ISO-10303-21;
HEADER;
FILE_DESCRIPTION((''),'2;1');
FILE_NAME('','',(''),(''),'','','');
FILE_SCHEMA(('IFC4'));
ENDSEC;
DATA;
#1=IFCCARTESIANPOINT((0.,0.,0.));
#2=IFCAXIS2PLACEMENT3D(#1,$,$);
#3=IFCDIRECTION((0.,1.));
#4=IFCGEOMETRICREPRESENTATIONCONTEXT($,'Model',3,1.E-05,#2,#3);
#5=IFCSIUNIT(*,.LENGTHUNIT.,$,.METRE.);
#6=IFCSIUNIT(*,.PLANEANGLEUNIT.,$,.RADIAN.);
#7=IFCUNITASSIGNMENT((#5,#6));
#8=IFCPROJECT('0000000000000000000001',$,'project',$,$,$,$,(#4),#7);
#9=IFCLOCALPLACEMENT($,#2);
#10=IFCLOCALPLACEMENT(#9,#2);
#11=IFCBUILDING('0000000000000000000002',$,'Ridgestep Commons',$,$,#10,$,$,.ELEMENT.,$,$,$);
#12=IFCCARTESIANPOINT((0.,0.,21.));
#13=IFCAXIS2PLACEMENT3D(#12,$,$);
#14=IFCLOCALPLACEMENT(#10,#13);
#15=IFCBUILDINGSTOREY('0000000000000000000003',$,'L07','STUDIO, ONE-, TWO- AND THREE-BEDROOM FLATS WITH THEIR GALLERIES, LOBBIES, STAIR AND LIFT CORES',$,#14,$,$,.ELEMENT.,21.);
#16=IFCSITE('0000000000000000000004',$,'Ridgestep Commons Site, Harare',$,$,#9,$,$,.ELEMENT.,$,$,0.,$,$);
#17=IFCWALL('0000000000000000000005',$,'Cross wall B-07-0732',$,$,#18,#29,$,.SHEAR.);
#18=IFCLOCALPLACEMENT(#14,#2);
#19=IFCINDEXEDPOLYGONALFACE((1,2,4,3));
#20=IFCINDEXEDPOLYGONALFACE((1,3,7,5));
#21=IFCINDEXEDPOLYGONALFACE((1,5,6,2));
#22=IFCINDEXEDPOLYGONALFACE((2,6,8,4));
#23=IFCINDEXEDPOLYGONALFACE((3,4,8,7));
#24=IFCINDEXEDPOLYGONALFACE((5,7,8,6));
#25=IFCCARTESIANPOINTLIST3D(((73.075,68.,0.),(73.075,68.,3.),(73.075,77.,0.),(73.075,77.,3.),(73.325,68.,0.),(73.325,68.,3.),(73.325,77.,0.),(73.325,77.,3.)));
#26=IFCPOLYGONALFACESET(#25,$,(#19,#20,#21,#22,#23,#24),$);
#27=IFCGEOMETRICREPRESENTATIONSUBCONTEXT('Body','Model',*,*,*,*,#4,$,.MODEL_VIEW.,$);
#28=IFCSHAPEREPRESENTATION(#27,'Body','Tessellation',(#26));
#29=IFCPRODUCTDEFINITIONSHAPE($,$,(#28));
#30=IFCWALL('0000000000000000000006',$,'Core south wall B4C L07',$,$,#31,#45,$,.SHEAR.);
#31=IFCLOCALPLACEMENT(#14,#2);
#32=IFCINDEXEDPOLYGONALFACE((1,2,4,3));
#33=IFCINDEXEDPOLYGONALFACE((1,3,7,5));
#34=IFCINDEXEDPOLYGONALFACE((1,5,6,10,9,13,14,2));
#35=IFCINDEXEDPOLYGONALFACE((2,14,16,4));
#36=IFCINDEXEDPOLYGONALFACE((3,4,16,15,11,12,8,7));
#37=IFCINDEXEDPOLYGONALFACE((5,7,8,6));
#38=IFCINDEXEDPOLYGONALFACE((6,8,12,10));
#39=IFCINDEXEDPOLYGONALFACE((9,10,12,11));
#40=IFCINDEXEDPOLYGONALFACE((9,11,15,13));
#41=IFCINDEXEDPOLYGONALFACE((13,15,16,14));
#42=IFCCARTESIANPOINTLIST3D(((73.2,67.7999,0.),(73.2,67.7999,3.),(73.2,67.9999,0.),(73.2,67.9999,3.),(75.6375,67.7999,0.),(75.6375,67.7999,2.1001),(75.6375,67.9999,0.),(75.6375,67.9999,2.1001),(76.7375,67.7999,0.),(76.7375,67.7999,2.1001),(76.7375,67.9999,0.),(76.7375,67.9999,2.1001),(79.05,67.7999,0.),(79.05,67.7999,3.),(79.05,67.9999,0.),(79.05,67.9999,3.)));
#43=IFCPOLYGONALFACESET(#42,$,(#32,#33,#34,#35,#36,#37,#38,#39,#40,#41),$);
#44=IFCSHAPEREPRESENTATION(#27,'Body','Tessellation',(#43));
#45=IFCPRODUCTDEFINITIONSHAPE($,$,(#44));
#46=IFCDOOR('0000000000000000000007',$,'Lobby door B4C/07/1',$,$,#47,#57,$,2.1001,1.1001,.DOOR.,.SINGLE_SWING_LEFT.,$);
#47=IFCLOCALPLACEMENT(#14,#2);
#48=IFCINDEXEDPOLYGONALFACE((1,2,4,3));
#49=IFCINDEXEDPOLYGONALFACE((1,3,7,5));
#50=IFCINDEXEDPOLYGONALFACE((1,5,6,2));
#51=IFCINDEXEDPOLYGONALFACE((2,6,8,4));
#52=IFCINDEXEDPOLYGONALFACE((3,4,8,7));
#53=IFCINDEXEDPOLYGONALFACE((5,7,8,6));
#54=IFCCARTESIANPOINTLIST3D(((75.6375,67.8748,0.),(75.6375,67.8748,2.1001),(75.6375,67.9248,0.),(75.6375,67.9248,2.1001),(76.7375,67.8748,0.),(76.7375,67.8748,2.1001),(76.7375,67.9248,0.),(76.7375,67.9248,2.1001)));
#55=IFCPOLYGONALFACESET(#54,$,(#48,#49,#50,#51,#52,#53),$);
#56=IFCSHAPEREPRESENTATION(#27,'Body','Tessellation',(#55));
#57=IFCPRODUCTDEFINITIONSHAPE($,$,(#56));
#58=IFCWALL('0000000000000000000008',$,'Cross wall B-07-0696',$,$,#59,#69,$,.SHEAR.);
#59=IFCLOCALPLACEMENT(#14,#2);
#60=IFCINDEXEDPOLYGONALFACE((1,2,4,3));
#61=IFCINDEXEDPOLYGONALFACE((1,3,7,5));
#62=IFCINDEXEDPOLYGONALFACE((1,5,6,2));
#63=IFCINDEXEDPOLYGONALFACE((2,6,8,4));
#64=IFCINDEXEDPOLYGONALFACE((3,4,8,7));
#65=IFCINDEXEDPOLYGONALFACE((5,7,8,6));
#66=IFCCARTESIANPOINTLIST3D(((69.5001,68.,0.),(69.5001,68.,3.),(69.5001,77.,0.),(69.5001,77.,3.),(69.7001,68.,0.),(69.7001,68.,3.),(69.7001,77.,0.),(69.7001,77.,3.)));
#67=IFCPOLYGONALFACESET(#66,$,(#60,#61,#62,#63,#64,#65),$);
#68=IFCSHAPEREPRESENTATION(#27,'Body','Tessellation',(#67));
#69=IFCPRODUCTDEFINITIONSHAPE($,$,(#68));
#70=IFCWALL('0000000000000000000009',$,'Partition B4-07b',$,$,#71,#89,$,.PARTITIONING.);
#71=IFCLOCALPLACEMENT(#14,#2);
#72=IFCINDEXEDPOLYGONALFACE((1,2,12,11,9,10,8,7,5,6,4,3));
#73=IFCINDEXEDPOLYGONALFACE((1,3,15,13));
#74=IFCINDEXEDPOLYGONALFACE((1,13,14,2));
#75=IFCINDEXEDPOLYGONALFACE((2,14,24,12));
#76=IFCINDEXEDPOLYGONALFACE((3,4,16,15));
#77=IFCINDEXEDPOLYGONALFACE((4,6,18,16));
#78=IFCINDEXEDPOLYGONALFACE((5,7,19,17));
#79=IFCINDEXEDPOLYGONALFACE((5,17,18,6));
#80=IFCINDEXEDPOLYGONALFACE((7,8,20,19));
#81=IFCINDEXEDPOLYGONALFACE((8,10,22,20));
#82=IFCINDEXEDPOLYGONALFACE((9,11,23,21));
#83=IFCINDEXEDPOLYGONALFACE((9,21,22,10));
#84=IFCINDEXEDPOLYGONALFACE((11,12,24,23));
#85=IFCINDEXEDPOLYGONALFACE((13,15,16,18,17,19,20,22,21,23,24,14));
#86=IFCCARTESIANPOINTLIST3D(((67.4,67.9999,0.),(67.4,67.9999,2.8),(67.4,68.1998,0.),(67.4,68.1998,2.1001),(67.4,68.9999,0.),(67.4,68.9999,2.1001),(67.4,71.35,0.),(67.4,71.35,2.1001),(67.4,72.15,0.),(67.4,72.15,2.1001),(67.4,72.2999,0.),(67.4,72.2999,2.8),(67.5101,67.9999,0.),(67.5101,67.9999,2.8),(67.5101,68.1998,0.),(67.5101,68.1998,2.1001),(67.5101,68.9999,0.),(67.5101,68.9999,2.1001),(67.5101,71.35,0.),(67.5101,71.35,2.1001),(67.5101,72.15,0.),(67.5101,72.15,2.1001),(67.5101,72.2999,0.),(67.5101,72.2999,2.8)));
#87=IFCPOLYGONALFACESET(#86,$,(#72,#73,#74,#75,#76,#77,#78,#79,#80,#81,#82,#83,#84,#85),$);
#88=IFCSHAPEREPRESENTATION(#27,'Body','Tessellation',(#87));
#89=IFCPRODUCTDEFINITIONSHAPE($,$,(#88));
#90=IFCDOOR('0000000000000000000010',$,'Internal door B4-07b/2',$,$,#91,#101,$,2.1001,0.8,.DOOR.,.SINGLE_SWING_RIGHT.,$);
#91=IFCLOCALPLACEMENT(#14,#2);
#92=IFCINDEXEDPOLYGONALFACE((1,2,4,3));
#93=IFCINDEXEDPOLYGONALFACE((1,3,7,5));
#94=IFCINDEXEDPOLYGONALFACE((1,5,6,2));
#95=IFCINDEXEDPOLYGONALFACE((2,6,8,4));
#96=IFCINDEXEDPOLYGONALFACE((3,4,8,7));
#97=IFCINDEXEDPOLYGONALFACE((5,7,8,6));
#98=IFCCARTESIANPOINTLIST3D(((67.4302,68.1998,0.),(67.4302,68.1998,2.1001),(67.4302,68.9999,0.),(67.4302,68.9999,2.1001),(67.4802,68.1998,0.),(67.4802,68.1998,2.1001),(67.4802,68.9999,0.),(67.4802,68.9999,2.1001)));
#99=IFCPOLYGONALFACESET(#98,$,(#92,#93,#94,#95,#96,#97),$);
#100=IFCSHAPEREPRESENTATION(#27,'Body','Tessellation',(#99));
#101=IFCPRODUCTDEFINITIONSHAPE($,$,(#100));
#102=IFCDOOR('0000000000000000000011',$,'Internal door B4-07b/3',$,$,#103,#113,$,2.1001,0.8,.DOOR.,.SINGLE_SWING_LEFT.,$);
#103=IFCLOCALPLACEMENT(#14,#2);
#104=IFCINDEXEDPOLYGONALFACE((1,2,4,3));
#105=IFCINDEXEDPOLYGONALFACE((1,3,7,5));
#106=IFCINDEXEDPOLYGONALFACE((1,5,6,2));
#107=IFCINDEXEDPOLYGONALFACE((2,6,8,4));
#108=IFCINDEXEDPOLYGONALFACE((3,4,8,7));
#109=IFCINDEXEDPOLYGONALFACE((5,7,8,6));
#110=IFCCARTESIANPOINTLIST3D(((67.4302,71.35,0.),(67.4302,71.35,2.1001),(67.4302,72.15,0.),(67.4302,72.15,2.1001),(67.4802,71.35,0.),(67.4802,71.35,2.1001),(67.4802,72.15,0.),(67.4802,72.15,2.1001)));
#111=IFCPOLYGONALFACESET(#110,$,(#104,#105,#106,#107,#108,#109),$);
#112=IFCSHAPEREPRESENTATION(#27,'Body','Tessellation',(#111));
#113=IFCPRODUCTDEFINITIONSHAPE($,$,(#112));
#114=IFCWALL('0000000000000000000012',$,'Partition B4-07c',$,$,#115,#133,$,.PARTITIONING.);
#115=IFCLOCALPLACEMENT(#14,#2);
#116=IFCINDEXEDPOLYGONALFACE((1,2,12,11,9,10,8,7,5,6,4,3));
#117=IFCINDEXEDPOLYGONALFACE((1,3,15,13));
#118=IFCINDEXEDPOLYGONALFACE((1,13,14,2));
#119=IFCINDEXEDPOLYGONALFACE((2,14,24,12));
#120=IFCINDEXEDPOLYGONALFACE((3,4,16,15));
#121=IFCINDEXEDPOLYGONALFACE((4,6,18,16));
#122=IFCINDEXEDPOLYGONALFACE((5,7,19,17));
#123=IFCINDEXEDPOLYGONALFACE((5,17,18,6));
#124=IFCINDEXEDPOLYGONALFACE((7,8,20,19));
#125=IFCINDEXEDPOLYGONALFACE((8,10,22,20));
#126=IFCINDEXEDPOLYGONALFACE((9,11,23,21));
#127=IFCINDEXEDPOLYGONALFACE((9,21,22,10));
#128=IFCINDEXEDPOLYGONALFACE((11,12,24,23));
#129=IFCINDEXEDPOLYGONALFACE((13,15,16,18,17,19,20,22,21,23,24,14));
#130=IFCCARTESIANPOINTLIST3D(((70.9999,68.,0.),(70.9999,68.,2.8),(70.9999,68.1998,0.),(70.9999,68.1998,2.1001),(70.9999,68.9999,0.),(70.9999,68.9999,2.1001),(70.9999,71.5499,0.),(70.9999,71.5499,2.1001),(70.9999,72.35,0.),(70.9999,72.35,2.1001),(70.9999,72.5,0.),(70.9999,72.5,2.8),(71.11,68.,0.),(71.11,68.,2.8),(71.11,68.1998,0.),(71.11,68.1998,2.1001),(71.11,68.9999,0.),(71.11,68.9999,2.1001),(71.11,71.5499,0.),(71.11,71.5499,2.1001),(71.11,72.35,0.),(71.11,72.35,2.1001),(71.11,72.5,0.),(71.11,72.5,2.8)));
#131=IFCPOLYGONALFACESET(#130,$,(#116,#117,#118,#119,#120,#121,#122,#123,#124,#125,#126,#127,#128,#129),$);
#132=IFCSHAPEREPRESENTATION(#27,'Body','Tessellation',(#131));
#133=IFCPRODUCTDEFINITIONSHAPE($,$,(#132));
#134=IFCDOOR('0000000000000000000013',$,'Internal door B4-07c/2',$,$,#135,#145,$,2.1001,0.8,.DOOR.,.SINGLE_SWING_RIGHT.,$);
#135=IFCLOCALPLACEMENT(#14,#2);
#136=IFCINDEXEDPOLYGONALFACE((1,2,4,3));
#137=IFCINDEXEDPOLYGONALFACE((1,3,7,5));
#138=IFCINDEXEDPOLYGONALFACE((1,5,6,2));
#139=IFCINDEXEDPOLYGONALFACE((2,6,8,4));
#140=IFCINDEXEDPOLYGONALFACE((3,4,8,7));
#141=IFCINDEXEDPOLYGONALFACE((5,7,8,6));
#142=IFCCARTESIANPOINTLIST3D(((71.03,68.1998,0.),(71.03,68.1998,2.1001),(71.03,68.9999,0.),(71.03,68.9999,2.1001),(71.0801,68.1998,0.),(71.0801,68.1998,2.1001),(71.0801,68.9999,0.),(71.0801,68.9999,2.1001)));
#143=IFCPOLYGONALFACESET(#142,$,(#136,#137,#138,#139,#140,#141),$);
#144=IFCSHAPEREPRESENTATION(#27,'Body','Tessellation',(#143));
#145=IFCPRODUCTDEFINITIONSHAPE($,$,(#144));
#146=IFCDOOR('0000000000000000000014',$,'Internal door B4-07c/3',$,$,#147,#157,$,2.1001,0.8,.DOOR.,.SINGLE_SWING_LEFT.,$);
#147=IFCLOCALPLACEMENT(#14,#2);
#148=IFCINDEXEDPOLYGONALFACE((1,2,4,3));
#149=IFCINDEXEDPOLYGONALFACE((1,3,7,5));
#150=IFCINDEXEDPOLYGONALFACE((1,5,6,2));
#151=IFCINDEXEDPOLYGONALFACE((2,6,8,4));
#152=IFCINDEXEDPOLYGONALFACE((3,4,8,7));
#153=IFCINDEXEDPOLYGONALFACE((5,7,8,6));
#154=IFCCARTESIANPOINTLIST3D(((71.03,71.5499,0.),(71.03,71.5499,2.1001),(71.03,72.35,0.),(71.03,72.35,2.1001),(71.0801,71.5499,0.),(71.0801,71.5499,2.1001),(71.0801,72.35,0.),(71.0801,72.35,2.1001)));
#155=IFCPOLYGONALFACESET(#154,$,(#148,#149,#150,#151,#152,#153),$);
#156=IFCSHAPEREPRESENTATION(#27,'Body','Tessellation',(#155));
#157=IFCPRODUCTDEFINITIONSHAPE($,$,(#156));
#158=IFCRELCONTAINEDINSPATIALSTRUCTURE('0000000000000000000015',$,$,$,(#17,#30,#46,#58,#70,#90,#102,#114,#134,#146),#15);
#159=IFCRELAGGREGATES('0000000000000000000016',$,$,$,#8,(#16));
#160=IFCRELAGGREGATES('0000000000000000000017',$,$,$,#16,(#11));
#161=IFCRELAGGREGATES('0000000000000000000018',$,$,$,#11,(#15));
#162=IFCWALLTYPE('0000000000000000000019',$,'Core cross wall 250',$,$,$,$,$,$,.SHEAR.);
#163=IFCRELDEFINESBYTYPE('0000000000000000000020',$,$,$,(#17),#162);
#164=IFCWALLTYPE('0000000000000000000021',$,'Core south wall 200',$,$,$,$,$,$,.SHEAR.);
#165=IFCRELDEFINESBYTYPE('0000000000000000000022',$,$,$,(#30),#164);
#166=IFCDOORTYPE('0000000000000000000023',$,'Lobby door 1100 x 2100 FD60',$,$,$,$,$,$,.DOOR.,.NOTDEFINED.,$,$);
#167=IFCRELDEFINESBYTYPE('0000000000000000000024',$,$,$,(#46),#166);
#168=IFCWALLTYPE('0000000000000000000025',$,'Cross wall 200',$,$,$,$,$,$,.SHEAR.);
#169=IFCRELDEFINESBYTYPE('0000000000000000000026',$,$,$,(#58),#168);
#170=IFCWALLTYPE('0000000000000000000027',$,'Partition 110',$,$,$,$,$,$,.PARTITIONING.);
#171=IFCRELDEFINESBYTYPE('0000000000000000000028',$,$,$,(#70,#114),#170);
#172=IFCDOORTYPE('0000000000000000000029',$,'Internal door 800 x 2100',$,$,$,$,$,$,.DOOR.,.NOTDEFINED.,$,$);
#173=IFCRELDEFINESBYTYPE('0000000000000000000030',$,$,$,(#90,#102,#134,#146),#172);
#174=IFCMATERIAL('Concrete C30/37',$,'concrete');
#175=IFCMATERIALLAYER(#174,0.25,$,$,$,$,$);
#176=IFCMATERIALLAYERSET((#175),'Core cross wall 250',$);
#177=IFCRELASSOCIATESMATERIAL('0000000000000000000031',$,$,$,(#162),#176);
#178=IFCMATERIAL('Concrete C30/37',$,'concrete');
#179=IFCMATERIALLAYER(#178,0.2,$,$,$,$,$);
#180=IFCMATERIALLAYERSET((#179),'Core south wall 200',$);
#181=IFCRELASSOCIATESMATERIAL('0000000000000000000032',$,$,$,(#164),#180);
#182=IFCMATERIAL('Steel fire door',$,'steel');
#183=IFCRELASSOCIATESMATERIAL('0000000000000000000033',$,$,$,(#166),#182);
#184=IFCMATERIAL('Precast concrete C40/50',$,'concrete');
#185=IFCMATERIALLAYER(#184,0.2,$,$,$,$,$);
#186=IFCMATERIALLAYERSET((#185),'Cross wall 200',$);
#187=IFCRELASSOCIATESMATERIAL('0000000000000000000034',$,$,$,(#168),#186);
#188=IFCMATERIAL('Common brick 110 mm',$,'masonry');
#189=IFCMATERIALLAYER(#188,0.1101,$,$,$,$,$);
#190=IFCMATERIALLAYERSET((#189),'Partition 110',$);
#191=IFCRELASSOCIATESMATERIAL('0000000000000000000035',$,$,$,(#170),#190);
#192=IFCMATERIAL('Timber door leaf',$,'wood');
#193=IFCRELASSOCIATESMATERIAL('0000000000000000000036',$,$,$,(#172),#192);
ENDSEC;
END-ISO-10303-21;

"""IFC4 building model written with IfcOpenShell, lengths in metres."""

from ifc_helpers import new_model, si_unit, direction, frame, frame_2d, origin, place, context, subcontext, project, spatial, rectangle, extrude, material, layer, layer_set, type_object, element, fill, save


model = new_model("IFC4")

# Units and contexts
model_context = context("Model", 3, precision=1e-05, world=origin(), true_north=direction((0.0, 1.0)))
body_context = subcontext(model_context, "Body", "Model", "MODEL_VIEW")
ifc_project = project(units=[si_unit("LENGTHUNIT", "METRE"), si_unit("PLANEANGLEUNIT", "RADIAN")], contexts=[model_context])

# Site, building, storey
site_placement = place(None, origin())
site = spatial("IfcSite", under=ifc_project, at=site_placement, Name="Ridgestep Commons Site, Harare", CompositionType="ELEMENT", RefElevation=0.0)
building_placement = place(site_placement, origin())
building = spatial("IfcBuilding", under=site, at=building_placement, Name="Ridgestep Commons", CompositionType="ELEMENT")
storey_placement = place(building_placement, frame((0.0, 0.0, 21.0)))
storey = spatial("IfcBuildingStorey", under=building, at=storey_placement, Name="L07", Description="STUDIO, ONE-, TWO- AND THREE-BEDROOM FLATS WITH THEIR GALLERIES, LOBBIES, STAIR AND LIFT CORES", CompositionType="ELEMENT", Elevation=21.0)

# Wall
ifc_material_1 = material(Name="Concrete C30/37", Category="concrete")
ifc_layer_1 = layer(ifc_material_1, 0.25)
ifc_layer_set_1 = layer_set([ifc_layer_1], Name="Core cross wall 250")
wall_type_1 = type_object("IfcWallType", Name="Core cross wall 250", PredefinedType="SHEAR", material=ifc_layer_set_1)
wall_1_placement = place(storey_placement, frame((73.2, 68.0, 0.0), z_axis=(0.0, 0.0, 1.0), x_axis=(0.0, 1.0, 0.0)))
element("IfcWall", 1, at=wall_1_placement, inside=storey, type_object=wall_type_1, Name="Cross wall B-07-0732", PredefinedType="SHEAR", context=body_context, shape_type="SweptSolid", body=[
    extrude(rectangle(XDim=9.0, YDim=0.25, at=frame_2d((4.5, 0.0))), origin(), (0.0, 0.0, 1.0), 3.0),
])

# Wall, opening, door
ifc_material_2 = material(Name="Concrete C30/37", Category="concrete")
ifc_layer_2 = layer(ifc_material_2, 0.2)
ifc_layer_set_2 = layer_set([ifc_layer_2], Name="Core south wall 200")
wall_type_2 = type_object("IfcWallType", Name="Core south wall 200", PredefinedType="SHEAR", material=ifc_layer_set_2)
wall_2_placement = place(storey_placement, frame((73.2, 67.8999, 0.0), z_axis=(0.0, 0.0, 1.0), x_axis=(1.0, 0.0, 0.0)))
wall_2 = element("IfcWall", 2, at=wall_2_placement, inside=storey, type_object=wall_type_2, Name="Core south wall B4C L07", PredefinedType="SHEAR", context=body_context, shape_type="SweptSolid", body=[
    extrude(rectangle(XDim=5.8501, YDim=0.2, at=frame_2d((2.925, 0.0))), origin(), (0.0, 0.0, 1.0), 3.0),
])
opening_1_placement = place(wall_2_placement, frame((2.4375, 0.0, 0.0)))
opening_1 = element("IfcOpeningElement", 3, at=opening_1_placement, cuts=wall_2, PredefinedType="OPENING", context=body_context, shape_type="SweptSolid", body=[
    extrude(rectangle(XDim=1.1001, YDim=2.1001, at=frame_2d((0.55, 1.05))), frame((0.0, 0.1099, 0.0), z_axis=(0.0, -1.0, 0.0), x_axis=(1.0, 0.0, 0.0)), (0.0, 0.0, 1.0), 0.22),
])
ifc_material_3 = material(Name="Steel fire door", Category="steel")
door_type_1 = type_object("IfcDoorType", Name="Lobby door 1100 x 2100 FD60", OperationType="NOTDEFINED", PredefinedType="DOOR", material=ifc_material_3)
door_1_placement = place(opening_1_placement, origin())
door_1 = element("IfcDoor", 4, at=door_1_placement, inside=storey, type_object=door_type_1, Name="Lobby door B4C/07/1", OperationType="SINGLE_SWING_LEFT", OverallHeight=2.1001, OverallWidth=1.1001, PredefinedType="DOOR", context=body_context, shape_type="SweptSolid", body=[
    extrude(rectangle(XDim=1.1001, YDim=2.1001, at=frame_2d((0.55, 1.05))), frame((0.0, 0.0249, 0.0), z_axis=(0.0, -1.0, 0.0), x_axis=(1.0, 0.0, 0.0)), (0.0, 0.0, 1.0), 0.05),
])
fill(opening_1, door_1)

# Wall
ifc_material_4 = material(Name="Precast concrete C40/50", Category="concrete")
ifc_layer_3 = layer(ifc_material_4, 0.2)
ifc_layer_set_3 = layer_set([ifc_layer_3], Name="Cross wall 200")
wall_type_3 = type_object("IfcWallType", Name="Cross wall 200", PredefinedType="SHEAR", material=ifc_layer_set_3)
wall_3_placement = place(storey_placement, frame((69.6001, 68.0, 0.0), z_axis=(0.0, 0.0, 1.0), x_axis=(0.0, 1.0, 0.0)))
element("IfcWall", 5, at=wall_3_placement, inside=storey, type_object=wall_type_3, Name="Cross wall B-07-0696", PredefinedType="SHEAR", context=body_context, shape_type="SweptSolid", body=[
    extrude(rectangle(XDim=9.0, YDim=0.2, at=frame_2d((4.5, 0.0))), origin(), (0.0, 0.0, 1.0), 3.0),
])

# Walls, openings, doors
ifc_material_5 = material(Name="Common brick 110 mm", Category="masonry")
ifc_layer_4 = layer(ifc_material_5, 0.1101)
ifc_layer_set_4 = layer_set([ifc_layer_4], Name="Partition 110")
wall_type_4 = type_object("IfcWallType", Name="Partition 110", PredefinedType="PARTITIONING", material=ifc_layer_set_4)
wall_4_placement = place(storey_placement, frame((67.4551, 68.0, 0.0), z_axis=(0.0, 0.0, 1.0), x_axis=(0.0, 1.0, 0.0)))
wall_4 = element("IfcWall", 6, at=wall_4_placement, inside=storey, type_object=wall_type_4, Name="Partition B4-07b", PredefinedType="PARTITIONING", context=body_context, shape_type="SweptSolid", body=[
    extrude(rectangle(XDim=4.3, YDim=0.1101, at=frame_2d((2.1499, 0.0))), origin(), (0.0, 0.0, 1.0), 2.8),
])
opening_2_placement = place(wall_4_placement, frame((0.2, 0.0, 0.0)))
opening_2 = element("IfcOpeningElement", 7, at=opening_2_placement, cuts=wall_4, PredefinedType="OPENING", context=body_context, shape_type="SweptSolid", body=[
    extrude(rectangle(XDim=0.8, YDim=2.1001, at=frame_2d((0.3999, 1.05))), frame((0.0, 0.0649, 0.0), z_axis=(0.0, -1.0, 0.0), x_axis=(1.0, 0.0, 0.0)), (0.0, 0.0, 1.0), 0.1301),
])
opening_3_placement = place(wall_4_placement, frame((3.3501, 0.0, 0.0)))
opening_3 = element("IfcOpeningElement", 8, at=opening_3_placement, cuts=wall_4, PredefinedType="OPENING", context=body_context, shape_type="SweptSolid", body=[
    extrude(rectangle(XDim=0.8, YDim=2.1001, at=frame_2d((0.3999, 1.05))), frame((0.0, 0.0649, 0.0), z_axis=(0.0, -1.0, 0.0), x_axis=(1.0, 0.0, 0.0)), (0.0, 0.0, 1.0), 0.1301),
])
ifc_material_6 = material(Name="Timber door leaf", Category="wood")
door_type_2 = type_object("IfcDoorType", Name="Internal door 800 x 2100", OperationType="NOTDEFINED", PredefinedType="DOOR", material=ifc_material_6)
door_2_placement = place(opening_2_placement, origin())
door_2 = element("IfcDoor", 9, at=door_2_placement, inside=storey, type_object=door_type_2, Name="Internal door B4-07b/2", OperationType="SINGLE_SWING_RIGHT", OverallHeight=2.1001, OverallWidth=0.8, PredefinedType="DOOR", context=body_context, shape_type="SweptSolid", body=[
    extrude(rectangle(XDim=0.8, YDim=2.1001, at=frame_2d((0.3999, 1.05))), frame((0.0, 0.0249, 0.0), z_axis=(0.0, -1.0, 0.0), x_axis=(1.0, 0.0, 0.0)), (0.0, 0.0, 1.0), 0.05),
])
fill(opening_2, door_2)
door_3_placement = place(opening_3_placement, origin())
door_3 = element("IfcDoor", 10, at=door_3_placement, inside=storey, type_object=door_type_2, Name="Internal door B4-07b/3", OperationType="SINGLE_SWING_LEFT", OverallHeight=2.1001, OverallWidth=0.8, PredefinedType="DOOR", context=body_context, shape_type="SweptSolid", body=[
    extrude(rectangle(XDim=0.8, YDim=2.1001, at=frame_2d((0.3999, 1.05))), frame((0.0, 0.0249, 0.0), z_axis=(0.0, -1.0, 0.0), x_axis=(1.0, 0.0, 0.0)), (0.0, 0.0, 1.0), 0.05),
])
fill(opening_3, door_3)
wall_5_placement = place(storey_placement, frame((71.0549, 68.0, 0.0), z_axis=(0.0, 0.0, 1.0), x_axis=(0.0, 1.0, 0.0)))
wall_5 = element("IfcWall", 11, at=wall_5_placement, inside=storey, type_object=wall_type_4, Name="Partition B4-07c", PredefinedType="PARTITIONING", context=body_context, shape_type="SweptSolid", body=[
    extrude(rectangle(XDim=4.5, YDim=0.1101, at=frame_2d((2.25, 0.0))), origin(), (0.0, 0.0, 1.0), 2.8),
])
opening_4_placement = place(wall_5_placement, frame((0.2, 0.0, 0.0)))
opening_4 = element("IfcOpeningElement", 12, at=opening_4_placement, cuts=wall_5, PredefinedType="OPENING", context=body_context, shape_type="SweptSolid", body=[
    extrude(rectangle(XDim=0.8, YDim=2.1001, at=frame_2d((0.3999, 1.05))), frame((0.0, 0.0649, 0.0), z_axis=(0.0, -1.0, 0.0), x_axis=(1.0, 0.0, 0.0)), (0.0, 0.0, 1.0), 0.1301),
])
opening_5_placement = place(wall_5_placement, frame((3.55, 0.0, 0.0)))
opening_5 = element("IfcOpeningElement", 13, at=opening_5_placement, cuts=wall_5, PredefinedType="OPENING", context=body_context, shape_type="SweptSolid", body=[
    extrude(rectangle(XDim=0.8, YDim=2.1001, at=frame_2d((0.3999, 1.05))), frame((0.0, 0.0649, 0.0), z_axis=(0.0, -1.0, 0.0), x_axis=(1.0, 0.0, 0.0)), (0.0, 0.0, 1.0), 0.1301),
])
door_4_placement = place(opening_4_placement, origin())
door_4 = element("IfcDoor", 14, at=door_4_placement, inside=storey, type_object=door_type_2, Name="Internal door B4-07c/2", OperationType="SINGLE_SWING_RIGHT", OverallHeight=2.1001, OverallWidth=0.8, PredefinedType="DOOR", context=body_context, shape_type="SweptSolid", body=[
    extrude(rectangle(XDim=0.8, YDim=2.1001, at=frame_2d((0.3999, 1.05))), frame((0.0, 0.0249, 0.0), z_axis=(0.0, -1.0, 0.0), x_axis=(1.0, 0.0, 0.0)), (0.0, 0.0, 1.0), 0.05),
])
fill(opening_4, door_4)
door_5_placement = place(opening_5_placement, origin())
door_5 = element("IfcDoor", 15, at=door_5_placement, inside=storey, type_object=door_type_2, Name="Internal door B4-07c/3", OperationType="SINGLE_SWING_LEFT", OverallHeight=2.1001, OverallWidth=0.8, PredefinedType="DOOR", context=body_context, shape_type="SweptSolid", body=[
    extrude(rectangle(XDim=0.8, YDim=2.1001, at=frame_2d((0.3999, 1.05))), frame((0.0, 0.0249, 0.0), z_axis=(0.0, -1.0, 0.0), x_axis=(1.0, 0.0, 0.0)), (0.0, 0.0, 1.0), 0.05),
])
fill(opening_5, door_5)

save(model, "model.ifc")
